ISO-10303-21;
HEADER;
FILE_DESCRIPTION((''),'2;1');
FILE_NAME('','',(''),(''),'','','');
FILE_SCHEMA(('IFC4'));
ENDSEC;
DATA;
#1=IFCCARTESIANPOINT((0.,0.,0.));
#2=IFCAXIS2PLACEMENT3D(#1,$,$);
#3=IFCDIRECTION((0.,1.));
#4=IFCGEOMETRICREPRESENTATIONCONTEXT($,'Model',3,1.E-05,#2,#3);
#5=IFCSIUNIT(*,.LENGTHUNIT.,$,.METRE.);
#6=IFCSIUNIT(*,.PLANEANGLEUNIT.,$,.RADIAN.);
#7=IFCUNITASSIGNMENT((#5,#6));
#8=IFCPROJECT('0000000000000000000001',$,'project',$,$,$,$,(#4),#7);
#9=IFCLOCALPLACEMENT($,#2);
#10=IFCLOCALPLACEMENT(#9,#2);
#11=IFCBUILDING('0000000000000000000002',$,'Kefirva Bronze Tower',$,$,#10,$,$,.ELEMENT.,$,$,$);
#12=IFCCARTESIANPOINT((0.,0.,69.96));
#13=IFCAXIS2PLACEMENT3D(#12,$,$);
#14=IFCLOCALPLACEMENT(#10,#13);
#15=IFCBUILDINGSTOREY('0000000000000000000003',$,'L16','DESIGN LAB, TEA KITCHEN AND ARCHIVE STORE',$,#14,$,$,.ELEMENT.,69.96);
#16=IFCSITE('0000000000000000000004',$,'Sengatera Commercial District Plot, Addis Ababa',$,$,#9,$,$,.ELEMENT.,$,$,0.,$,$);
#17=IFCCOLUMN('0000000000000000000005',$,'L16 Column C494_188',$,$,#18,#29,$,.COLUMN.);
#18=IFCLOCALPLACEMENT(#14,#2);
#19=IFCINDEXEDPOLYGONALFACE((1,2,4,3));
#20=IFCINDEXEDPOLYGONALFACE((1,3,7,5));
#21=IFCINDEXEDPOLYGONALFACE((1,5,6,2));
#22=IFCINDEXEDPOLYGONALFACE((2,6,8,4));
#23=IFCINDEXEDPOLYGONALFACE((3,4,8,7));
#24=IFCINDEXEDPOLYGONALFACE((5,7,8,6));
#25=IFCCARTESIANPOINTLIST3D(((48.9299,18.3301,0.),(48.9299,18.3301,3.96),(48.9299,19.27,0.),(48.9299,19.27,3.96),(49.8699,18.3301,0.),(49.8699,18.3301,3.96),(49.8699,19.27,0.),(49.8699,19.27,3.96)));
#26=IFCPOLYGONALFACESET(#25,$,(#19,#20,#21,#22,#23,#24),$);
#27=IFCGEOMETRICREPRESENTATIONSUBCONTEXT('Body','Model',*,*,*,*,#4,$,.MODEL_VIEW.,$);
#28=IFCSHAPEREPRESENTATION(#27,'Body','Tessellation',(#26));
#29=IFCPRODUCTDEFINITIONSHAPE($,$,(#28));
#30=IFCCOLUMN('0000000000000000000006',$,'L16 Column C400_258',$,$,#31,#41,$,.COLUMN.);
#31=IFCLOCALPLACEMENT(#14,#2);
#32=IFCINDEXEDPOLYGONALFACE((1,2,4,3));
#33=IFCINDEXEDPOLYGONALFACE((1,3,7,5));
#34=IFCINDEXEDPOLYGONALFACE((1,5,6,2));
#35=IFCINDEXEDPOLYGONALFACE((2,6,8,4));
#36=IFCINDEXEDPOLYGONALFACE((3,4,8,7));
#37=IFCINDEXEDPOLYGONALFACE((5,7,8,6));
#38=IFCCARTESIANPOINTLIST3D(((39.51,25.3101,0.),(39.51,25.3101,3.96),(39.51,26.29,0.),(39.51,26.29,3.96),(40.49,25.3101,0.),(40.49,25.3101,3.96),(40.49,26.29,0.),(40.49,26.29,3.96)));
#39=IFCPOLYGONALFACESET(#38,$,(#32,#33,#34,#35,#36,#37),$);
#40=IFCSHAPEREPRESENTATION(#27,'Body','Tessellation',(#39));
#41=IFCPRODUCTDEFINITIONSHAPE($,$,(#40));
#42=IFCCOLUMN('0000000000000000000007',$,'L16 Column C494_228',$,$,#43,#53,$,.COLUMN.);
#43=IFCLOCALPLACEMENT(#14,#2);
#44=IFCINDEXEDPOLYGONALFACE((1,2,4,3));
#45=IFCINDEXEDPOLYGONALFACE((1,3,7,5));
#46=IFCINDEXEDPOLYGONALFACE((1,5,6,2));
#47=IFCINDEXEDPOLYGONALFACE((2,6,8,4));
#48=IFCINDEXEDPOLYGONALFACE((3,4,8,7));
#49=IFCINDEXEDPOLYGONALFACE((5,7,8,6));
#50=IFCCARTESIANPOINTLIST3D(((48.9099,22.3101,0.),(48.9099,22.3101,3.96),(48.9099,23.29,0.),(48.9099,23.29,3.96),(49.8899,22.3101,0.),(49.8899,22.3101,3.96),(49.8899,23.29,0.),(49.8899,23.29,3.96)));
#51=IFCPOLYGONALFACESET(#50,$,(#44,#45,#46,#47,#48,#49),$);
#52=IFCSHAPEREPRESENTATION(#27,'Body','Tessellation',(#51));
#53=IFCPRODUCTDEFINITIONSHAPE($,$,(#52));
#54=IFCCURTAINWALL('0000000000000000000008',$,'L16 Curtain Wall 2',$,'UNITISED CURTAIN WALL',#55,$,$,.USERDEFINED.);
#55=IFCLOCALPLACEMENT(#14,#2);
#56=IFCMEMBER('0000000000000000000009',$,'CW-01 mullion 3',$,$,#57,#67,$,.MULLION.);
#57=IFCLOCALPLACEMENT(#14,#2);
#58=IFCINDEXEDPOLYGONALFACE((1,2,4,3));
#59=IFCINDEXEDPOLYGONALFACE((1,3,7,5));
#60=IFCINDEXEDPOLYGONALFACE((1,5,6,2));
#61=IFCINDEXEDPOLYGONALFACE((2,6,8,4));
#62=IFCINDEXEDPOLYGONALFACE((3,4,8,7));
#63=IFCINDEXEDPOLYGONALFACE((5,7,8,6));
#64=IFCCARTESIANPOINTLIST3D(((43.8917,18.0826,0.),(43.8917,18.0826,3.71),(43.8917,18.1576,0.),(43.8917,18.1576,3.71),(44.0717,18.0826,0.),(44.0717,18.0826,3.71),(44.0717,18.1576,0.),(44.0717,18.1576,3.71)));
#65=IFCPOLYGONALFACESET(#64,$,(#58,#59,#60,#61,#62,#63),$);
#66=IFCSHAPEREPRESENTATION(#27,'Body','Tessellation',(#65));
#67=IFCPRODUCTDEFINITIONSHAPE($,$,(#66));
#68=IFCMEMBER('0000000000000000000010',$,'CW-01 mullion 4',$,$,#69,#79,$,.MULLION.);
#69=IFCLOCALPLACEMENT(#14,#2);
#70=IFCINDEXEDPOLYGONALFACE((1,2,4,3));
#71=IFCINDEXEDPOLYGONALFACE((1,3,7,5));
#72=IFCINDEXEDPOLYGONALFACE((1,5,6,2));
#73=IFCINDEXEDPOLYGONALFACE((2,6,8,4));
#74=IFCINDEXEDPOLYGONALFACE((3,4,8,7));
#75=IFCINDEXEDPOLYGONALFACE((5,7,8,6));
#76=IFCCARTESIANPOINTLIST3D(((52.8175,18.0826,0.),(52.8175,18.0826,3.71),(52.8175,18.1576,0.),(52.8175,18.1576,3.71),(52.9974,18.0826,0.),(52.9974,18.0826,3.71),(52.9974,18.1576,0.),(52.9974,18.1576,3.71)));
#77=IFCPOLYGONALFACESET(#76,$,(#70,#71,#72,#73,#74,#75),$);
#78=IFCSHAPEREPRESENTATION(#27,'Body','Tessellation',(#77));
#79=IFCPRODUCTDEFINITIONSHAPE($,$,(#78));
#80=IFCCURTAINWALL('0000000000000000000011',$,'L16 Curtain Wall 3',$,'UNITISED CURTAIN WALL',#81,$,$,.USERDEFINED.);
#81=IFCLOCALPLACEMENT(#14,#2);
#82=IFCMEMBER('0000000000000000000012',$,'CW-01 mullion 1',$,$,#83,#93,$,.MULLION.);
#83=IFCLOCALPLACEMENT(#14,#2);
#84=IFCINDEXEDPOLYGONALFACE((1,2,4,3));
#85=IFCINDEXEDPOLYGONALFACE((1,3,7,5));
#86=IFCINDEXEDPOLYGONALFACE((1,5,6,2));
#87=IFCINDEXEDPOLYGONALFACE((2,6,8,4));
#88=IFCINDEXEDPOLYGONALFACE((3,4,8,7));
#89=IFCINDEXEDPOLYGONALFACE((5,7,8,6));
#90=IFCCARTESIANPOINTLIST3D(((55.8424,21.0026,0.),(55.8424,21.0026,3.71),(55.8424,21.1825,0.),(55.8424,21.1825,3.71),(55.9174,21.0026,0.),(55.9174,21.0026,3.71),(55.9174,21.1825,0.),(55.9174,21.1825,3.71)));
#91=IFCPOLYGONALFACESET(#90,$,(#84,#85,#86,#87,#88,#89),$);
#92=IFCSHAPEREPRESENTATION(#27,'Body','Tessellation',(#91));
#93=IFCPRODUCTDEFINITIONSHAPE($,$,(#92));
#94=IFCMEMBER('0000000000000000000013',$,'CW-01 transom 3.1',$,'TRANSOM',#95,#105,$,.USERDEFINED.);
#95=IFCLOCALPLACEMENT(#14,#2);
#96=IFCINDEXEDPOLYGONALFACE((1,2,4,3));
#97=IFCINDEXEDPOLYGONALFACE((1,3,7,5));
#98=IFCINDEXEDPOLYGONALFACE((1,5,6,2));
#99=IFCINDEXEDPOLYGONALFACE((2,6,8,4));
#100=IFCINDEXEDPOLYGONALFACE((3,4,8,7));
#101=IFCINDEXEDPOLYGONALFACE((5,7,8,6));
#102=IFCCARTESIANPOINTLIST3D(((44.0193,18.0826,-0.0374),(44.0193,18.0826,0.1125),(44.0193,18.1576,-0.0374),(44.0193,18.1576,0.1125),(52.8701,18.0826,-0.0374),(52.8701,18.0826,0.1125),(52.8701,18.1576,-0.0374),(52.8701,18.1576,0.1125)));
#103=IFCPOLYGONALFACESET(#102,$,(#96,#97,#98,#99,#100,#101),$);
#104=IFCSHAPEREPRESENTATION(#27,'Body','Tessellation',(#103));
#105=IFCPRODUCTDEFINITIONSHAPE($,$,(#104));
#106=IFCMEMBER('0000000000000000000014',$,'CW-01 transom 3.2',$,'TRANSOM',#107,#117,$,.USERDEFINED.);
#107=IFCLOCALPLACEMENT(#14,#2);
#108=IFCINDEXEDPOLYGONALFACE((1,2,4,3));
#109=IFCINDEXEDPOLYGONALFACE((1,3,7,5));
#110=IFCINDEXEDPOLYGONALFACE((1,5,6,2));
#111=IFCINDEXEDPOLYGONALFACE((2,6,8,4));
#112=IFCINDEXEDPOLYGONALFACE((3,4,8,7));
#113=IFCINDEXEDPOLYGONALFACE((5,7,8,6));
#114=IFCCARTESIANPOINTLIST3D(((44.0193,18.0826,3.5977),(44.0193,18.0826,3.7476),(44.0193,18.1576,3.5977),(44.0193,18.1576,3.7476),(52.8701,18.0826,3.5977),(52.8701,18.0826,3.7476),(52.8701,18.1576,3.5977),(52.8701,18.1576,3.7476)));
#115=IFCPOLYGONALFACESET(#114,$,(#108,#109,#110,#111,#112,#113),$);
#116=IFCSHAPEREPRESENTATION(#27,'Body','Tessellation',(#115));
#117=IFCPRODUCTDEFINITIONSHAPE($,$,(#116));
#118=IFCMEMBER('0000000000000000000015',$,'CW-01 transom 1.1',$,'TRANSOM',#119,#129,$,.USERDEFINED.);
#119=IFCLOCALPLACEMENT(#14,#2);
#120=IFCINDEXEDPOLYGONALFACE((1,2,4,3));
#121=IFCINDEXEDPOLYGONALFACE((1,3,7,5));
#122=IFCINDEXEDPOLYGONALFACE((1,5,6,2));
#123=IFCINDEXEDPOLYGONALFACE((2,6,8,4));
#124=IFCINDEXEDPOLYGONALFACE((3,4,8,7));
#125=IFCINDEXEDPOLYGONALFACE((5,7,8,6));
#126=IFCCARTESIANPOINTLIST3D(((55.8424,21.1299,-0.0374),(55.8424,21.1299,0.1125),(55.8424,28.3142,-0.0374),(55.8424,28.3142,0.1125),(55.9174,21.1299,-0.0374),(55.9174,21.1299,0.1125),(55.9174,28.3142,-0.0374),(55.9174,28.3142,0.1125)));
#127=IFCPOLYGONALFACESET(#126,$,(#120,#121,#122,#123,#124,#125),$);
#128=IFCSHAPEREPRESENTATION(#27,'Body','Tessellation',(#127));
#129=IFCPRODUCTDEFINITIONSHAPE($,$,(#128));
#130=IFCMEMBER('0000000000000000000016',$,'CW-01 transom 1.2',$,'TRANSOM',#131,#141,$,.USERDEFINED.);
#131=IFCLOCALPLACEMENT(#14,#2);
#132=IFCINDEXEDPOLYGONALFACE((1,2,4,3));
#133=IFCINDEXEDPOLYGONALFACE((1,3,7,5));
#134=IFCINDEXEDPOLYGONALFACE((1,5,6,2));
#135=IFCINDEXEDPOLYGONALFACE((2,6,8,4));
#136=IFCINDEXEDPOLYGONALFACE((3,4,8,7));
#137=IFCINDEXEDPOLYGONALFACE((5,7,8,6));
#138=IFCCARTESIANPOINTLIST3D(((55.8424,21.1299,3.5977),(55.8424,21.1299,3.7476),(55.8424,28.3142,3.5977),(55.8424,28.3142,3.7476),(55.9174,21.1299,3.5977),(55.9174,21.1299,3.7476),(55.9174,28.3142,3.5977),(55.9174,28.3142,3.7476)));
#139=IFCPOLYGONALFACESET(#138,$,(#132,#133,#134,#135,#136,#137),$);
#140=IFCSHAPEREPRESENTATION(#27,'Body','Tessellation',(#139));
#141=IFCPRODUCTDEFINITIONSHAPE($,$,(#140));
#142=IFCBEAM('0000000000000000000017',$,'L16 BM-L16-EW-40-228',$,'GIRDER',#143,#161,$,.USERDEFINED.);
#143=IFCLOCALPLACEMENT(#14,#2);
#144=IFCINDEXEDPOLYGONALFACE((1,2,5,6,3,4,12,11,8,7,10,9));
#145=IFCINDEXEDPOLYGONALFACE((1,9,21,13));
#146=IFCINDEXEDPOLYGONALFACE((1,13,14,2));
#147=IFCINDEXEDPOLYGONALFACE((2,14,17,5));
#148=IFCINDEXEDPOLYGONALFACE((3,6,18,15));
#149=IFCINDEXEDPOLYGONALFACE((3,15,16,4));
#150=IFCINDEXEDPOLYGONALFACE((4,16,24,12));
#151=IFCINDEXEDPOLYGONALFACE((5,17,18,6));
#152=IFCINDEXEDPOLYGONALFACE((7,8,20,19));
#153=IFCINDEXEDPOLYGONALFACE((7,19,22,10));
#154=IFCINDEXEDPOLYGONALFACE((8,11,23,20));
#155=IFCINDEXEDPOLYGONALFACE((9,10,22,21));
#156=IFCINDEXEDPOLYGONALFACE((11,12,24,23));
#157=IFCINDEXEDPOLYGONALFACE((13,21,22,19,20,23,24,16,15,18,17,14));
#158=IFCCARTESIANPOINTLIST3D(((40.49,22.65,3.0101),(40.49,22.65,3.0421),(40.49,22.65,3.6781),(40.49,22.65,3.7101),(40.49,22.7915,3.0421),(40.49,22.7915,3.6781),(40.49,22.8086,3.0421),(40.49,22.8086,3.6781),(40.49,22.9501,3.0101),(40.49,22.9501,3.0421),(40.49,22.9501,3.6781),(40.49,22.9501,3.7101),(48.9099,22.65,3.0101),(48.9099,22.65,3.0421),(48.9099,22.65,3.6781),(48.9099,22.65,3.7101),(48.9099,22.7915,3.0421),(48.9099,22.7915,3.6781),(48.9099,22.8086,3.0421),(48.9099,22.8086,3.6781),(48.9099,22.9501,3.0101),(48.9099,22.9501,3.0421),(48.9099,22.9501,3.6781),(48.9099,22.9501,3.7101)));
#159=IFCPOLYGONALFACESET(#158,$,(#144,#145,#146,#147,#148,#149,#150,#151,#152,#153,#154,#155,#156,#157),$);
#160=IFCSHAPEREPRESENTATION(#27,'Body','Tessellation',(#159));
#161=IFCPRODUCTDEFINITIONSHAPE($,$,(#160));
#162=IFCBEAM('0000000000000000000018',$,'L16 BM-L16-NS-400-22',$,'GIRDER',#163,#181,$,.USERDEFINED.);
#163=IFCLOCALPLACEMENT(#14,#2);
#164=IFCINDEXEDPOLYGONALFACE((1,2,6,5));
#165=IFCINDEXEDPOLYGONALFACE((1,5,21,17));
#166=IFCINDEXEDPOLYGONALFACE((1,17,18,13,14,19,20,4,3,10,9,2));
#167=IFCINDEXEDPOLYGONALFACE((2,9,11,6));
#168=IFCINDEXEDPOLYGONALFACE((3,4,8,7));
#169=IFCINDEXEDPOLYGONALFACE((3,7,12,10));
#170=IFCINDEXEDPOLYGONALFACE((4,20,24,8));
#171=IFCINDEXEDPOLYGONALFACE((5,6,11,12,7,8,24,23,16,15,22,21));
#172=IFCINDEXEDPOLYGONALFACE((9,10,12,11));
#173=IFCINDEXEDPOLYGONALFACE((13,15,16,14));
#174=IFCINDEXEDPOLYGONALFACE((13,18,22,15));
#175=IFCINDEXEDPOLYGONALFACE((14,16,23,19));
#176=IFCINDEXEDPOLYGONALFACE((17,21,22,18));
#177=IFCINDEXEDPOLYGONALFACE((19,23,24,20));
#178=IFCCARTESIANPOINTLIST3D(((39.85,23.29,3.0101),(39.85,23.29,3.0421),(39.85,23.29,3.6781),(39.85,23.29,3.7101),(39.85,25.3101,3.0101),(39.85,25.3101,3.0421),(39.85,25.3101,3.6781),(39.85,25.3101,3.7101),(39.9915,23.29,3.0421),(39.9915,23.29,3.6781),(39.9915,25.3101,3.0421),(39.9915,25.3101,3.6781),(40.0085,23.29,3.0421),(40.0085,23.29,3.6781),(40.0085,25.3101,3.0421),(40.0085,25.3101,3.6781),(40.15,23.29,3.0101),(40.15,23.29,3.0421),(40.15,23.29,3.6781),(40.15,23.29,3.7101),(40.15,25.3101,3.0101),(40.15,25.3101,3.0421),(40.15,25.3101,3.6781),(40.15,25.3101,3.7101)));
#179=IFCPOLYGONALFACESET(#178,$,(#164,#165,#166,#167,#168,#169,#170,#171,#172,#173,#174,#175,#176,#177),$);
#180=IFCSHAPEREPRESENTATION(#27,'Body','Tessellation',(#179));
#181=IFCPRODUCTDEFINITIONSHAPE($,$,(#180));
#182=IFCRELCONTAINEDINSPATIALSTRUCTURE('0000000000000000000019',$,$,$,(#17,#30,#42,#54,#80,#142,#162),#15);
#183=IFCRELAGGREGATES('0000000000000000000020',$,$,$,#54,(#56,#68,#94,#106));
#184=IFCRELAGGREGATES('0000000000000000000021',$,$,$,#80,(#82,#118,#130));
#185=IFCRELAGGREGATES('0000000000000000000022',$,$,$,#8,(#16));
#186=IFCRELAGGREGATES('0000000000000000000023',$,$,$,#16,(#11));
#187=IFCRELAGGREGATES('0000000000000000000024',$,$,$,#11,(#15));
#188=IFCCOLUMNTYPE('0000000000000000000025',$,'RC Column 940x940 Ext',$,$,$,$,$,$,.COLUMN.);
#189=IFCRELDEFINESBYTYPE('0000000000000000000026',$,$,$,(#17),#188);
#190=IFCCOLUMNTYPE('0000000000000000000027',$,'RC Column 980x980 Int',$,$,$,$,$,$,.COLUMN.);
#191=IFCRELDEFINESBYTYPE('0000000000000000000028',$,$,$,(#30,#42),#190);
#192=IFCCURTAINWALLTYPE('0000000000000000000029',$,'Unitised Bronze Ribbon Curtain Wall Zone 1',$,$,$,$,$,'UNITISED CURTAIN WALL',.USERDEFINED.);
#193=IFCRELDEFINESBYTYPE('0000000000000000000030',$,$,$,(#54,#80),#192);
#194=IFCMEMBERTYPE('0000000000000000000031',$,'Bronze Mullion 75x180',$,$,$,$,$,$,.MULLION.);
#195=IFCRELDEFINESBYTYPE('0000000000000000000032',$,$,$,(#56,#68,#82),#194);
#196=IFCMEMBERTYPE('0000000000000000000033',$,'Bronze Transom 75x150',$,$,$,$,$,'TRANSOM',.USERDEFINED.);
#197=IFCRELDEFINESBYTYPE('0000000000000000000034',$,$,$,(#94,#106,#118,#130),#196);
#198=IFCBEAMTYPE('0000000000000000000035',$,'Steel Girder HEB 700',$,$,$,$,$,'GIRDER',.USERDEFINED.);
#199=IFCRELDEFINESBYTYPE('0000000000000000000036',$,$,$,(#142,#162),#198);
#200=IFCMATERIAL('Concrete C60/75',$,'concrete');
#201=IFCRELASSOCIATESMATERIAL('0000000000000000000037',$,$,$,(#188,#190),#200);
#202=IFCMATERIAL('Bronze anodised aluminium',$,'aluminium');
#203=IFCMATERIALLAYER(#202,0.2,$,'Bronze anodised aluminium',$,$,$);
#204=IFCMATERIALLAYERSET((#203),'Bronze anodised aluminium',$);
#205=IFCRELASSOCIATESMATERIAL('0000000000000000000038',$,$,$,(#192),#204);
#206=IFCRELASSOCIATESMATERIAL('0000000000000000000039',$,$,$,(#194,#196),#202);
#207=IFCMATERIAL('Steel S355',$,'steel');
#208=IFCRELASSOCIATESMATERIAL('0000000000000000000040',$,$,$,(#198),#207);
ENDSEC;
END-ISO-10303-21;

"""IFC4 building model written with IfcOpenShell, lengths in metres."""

from ifc_helpers import new_model, si_unit, direction, frame, origin, origin_2d, place, context, subcontext, project, spatial, rectangle, i_section, extrude, material, layer, layer_set, material_profile, profile_set, type_object, element, aggregate, save


model = new_model("IFC4")

# Units and contexts
model_context = context("Model", 3, precision=1e-05, world=origin(), true_north=direction((0.0, 1.0)))
body_context = subcontext(model_context, "Body", "Model", "MODEL_VIEW")
ifc_project = project(units=[si_unit("LENGTHUNIT", "METRE"), si_unit("PLANEANGLEUNIT", "RADIAN")], contexts=[model_context])

# Site, building, storey
site_placement = place(None, origin())
site = spatial("IfcSite", under=ifc_project, at=site_placement, Name="Sengatera Commercial District Plot, Addis Ababa", CompositionType="ELEMENT", RefElevation=0.0)
building_placement = place(site_placement, origin())
building = spatial("IfcBuilding", under=site, at=building_placement, Name="Kefirva Bronze Tower", CompositionType="ELEMENT")
storey_placement = place(building_placement, frame((0.0, 0.0, 69.96)))
storey = spatial("IfcBuildingStorey", under=building, at=storey_placement, Name="L16", Description="DESIGN LAB, TEA KITCHEN AND ARCHIVE STORE", CompositionType="ELEMENT", Elevation=69.96)

# Columns
ifc_material_1 = material(Name="Concrete C60/75", Category="concrete")
ifc_material_profile_1 = material_profile(ifc_material_1, rectangle(XDim=0.9399, YDim=0.9399, at=origin_2d()), Name="RC 940x940")
ifc_profile_set_1 = profile_set([ifc_material_profile_1], Name="Concrete C60/75")
column_type_1 = type_object("IfcColumnType", Name="RC Column 940x940 Ext", PredefinedType="COLUMN", material=ifc_profile_set_1)
column_placement = place(storey_placement, frame((49.3999, 18.8, 0.0), z_axis=(0.0, 0.0, 1.0), x_axis=(1.0, 0.0, 0.0)))
element("IfcColumn", 1, at=column_placement, inside=storey, type_object=column_type_1, Name="L16 Column C494_188", PredefinedType="COLUMN", context=body_context, shape_type="SweptSolid", body=[
    extrude(rectangle(XDim=0.9399, YDim=0.9399, at=origin_2d()), origin(), (0.0, 0.0, 1.0), 3.96),
])
ifc_material_profile_2 = material_profile(ifc_material_1, rectangle(XDim=0.98, YDim=0.98, at=origin_2d()), Name="RC 980x980")
ifc_profile_set_2 = profile_set([ifc_material_profile_2], Name="Concrete C60/75")
column_type_2 = type_object("IfcColumnType", Name="RC Column 980x980 Int", PredefinedType="COLUMN", material=ifc_profile_set_2)
for number, where, z_axis, x_axis, name in (
    (2, (40.0, 25.8, 0.0), (0.0, 0.0, 1.0), (1.0, 0.0, 0.0), "L16 Column C400_258"),
    (3, (49.3999, 22.8, 0.0), (0.0, 0.0, 1.0), (1.0, 0.0, 0.0), "L16 Column C494_228"),
):
    element("IfcColumn", number, at=place(storey_placement, frame(where, z_axis=z_axis, x_axis=x_axis)), inside=storey, type_object=column_type_2, Name=name, PredefinedType="COLUMN", context=body_context, shape_type="SweptSolid", body=[
        extrude(rectangle(XDim=0.98, YDim=0.98, at=origin_2d()), origin(), (0.0, 0.0, 1.0), 3.96),
    ])

# Curtain wall, members
ifc_material_2 = material(Name="Bronze anodised aluminium", Category="aluminium")
ifc_layer_1 = layer(ifc_material_2, 0.2, Name="Bronze anodised aluminium")
ifc_layer_set_1 = layer_set([ifc_layer_1], Name="Bronze anodised aluminium")
curtain_wall_type = type_object("IfcCurtainWallType", Name="Unitised Bronze Ribbon Curtain Wall Zone 1", ElementType="UNITISED CURTAIN WALL", PredefinedType="USERDEFINED", material=ifc_layer_set_1)
curtain_wall_1_placement = place(storey_placement, origin())
curtain_wall_1 = element("IfcCurtainWall", 4, at=curtain_wall_1_placement, inside=storey, type_object=curtain_wall_type, Name="L16 Curtain Wall 2", ObjectType="UNITISED CURTAIN WALL", PredefinedType="USERDEFINED")
ifc_material_profile_3 = material_profile(ifc_material_2, rectangle(XDim=0.075, YDim=0.1799, at=origin_2d()), Name="ALU 75x180")
ifc_profile_set_3 = profile_set([ifc_material_profile_3], Name="Bronze anodised aluminium")
member_type_1 = type_object("IfcMemberType", Name="Bronze Mullion 75x180", PredefinedType="MULLION", material=ifc_profile_set_3)
member_1_placement = place(storey_placement, frame((43.9817, 18.1201, 0.0), z_axis=(0.0, 0.0, 1.0), x_axis=(0.0, 1.0, 0.0)))
member_1 = element("IfcMember", 5, at=member_1_placement, type_object=member_type_1, Name="CW-01 mullion 3", PredefinedType="MULLION", context=body_context, shape_type="SweptSolid", body=[
    extrude(rectangle(XDim=0.075, YDim=0.1799, at=origin_2d()), origin(), (0.0, 0.0, 1.0), 3.71),
])
member_2_placement = place(storey_placement, frame((52.9075, 18.1201, 0.0), z_axis=(0.0, 0.0, 1.0), x_axis=(0.0, 1.0, 0.0)))
member_2 = element("IfcMember", 6, at=member_2_placement, type_object=member_type_1, Name="CW-01 mullion 4", PredefinedType="MULLION", context=body_context, shape_type="SweptSolid", body=[
    extrude(rectangle(XDim=0.075, YDim=0.1799, at=origin_2d()), origin(), (0.0, 0.0, 1.0), 3.71),
])

# Curtain wall, member
curtain_wall_2_placement = place(storey_placement, origin())
curtain_wall_2 = element("IfcCurtainWall", 7, at=curtain_wall_2_placement, inside=storey, type_object=curtain_wall_type, Name="L16 Curtain Wall 3", ObjectType="UNITISED CURTAIN WALL", PredefinedType="USERDEFINED")
member_3_placement = place(storey_placement, frame((55.8799, 21.0925, 0.0), z_axis=(0.0, 0.0, 1.0), x_axis=(-1.0, 0.0, 0.0)))
member_3 = element("IfcMember", 8, at=member_3_placement, type_object=member_type_1, Name="CW-01 mullion 1", PredefinedType="MULLION", context=body_context, shape_type="SweptSolid", body=[
    extrude(rectangle(XDim=0.075, YDim=0.1799, at=origin_2d()), origin(), (0.0, 0.0, 1.0), 3.71),
])

# Members
ifc_material_profile_4 = material_profile(ifc_material_2, rectangle(XDim=0.075, YDim=0.1499, at=origin_2d()), Name="ALU 75x150")
ifc_profile_set_4 = profile_set([ifc_material_profile_4], Name="Bronze anodised aluminium")
member_type_2 = type_object("IfcMemberType", Name="Bronze Transom 75x150", ElementType="TRANSOM", PredefinedType="USERDEFINED", material=ifc_profile_set_4)
member_4_placement = place(storey_placement, frame((44.0193, 18.1201, 0.0376), z_axis=(1.0, 0.0, 0.0), x_axis=(0.0, 1.0, 0.0)))
member_4 = element("IfcMember", 9, at=member_4_placement, type_object=member_type_2, Name="CW-01 transom 3.1", ObjectType="TRANSOM", PredefinedType="USERDEFINED", context=body_context, shape_type="SweptSolid", body=[
    extrude(rectangle(XDim=0.075, YDim=0.1499, at=origin_2d()), origin(), (0.0, 0.0, 1.0), 8.8508),
])
member_5_placement = place(storey_placement, frame((44.0193, 18.1201, 3.6726), z_axis=(1.0, 0.0, 0.0), x_axis=(0.0, 1.0, 0.0)))
member_5 = element("IfcMember", 10, at=member_5_placement, type_object=member_type_2, Name="CW-01 transom 3.2", ObjectType="TRANSOM", PredefinedType="USERDEFINED", context=body_context, shape_type="SweptSolid", body=[
    extrude(rectangle(XDim=0.075, YDim=0.1499, at=origin_2d()), origin(), (0.0, 0.0, 1.0), 8.8508),
])
member_6_placement = place(storey_placement, frame((55.8799, 21.1299, 0.0376), z_axis=(0.0, 1.0, 0.0), x_axis=(-1.0, 0.0, 0.0)))
member_6 = element("IfcMember", 11, at=member_6_placement, type_object=member_type_2, Name="CW-01 transom 1.1", ObjectType="TRANSOM", PredefinedType="USERDEFINED", context=body_context, shape_type="SweptSolid", body=[
    extrude(rectangle(XDim=0.075, YDim=0.1499, at=origin_2d()), origin(), (0.0, 0.0, 1.0), 7.1843),
])
member_7_placement = place(storey_placement, frame((55.8799, 21.1299, 3.6726), z_axis=(0.0, 1.0, 0.0), x_axis=(-1.0, 0.0, 0.0)))
member_7 = element("IfcMember", 12, at=member_7_placement, type_object=member_type_2, Name="CW-01 transom 1.2", ObjectType="TRANSOM", PredefinedType="USERDEFINED", context=body_context, shape_type="SweptSolid", body=[
    extrude(rectangle(XDim=0.075, YDim=0.1499, at=origin_2d()), origin(), (0.0, 0.0, 1.0), 7.1843),
])

# Beams
ifc_material_3 = material(Name="Steel S355", Category="steel")
ifc_material_profile_5 = material_profile(ifc_material_3, i_section(OverallWidth=0.3, OverallDepth=0.7, WebThickness=0.0171, FlangeThickness=0.032, at=origin_2d()), Name="HEB 700")
ifc_profile_set_5 = profile_set([ifc_material_profile_5], Name="Steel S355")
beam_type_1 = type_object("IfcBeamType", Name="Steel Girder HEB 700", ElementType="GIRDER", PredefinedType="USERDEFINED", material=ifc_profile_set_5)
beam_1_placement = place(storey_placement, frame((40.49, 22.8, 3.3601), z_axis=(1.0, 0.0, 0.0), x_axis=(0.0, 1.0, 0.0)))
element("IfcBeam", 13, at=beam_1_placement, inside=storey, type_object=beam_type_1, Name="L16 BM-L16-EW-40-228", ObjectType="GIRDER", PredefinedType="USERDEFINED", context=body_context, shape_type="SweptSolid", body=[
    extrude(i_section(OverallWidth=0.3, OverallDepth=0.7, WebThickness=0.0171, FlangeThickness=0.032, at=origin_2d()), origin(), (0.0, 0.0, 1.0), 8.4199),
])
beam_2_placement = place(storey_placement, frame((40.0, 23.29, 3.3601), z_axis=(0.0, 1.0, 0.0), x_axis=(-1.0, 0.0, 0.0)))
element("IfcBeam", 14, at=beam_2_placement, inside=storey, type_object=beam_type_1, Name="L16 BM-L16-NS-400-22", ObjectType="GIRDER", PredefinedType="USERDEFINED", context=body_context, shape_type="SweptSolid", body=[
    extrude(i_section(OverallWidth=0.3, OverallDepth=0.7, WebThickness=0.0171, FlangeThickness=0.032, at=origin_2d()), origin(), (0.0, 0.0, 1.0), 2.02),
])

aggregate(curtain_wall_1, [member_1, member_2, member_4, member_5])
aggregate(curtain_wall_2, [member_3, member_6, member_7])

save(model, "model.ifc")
